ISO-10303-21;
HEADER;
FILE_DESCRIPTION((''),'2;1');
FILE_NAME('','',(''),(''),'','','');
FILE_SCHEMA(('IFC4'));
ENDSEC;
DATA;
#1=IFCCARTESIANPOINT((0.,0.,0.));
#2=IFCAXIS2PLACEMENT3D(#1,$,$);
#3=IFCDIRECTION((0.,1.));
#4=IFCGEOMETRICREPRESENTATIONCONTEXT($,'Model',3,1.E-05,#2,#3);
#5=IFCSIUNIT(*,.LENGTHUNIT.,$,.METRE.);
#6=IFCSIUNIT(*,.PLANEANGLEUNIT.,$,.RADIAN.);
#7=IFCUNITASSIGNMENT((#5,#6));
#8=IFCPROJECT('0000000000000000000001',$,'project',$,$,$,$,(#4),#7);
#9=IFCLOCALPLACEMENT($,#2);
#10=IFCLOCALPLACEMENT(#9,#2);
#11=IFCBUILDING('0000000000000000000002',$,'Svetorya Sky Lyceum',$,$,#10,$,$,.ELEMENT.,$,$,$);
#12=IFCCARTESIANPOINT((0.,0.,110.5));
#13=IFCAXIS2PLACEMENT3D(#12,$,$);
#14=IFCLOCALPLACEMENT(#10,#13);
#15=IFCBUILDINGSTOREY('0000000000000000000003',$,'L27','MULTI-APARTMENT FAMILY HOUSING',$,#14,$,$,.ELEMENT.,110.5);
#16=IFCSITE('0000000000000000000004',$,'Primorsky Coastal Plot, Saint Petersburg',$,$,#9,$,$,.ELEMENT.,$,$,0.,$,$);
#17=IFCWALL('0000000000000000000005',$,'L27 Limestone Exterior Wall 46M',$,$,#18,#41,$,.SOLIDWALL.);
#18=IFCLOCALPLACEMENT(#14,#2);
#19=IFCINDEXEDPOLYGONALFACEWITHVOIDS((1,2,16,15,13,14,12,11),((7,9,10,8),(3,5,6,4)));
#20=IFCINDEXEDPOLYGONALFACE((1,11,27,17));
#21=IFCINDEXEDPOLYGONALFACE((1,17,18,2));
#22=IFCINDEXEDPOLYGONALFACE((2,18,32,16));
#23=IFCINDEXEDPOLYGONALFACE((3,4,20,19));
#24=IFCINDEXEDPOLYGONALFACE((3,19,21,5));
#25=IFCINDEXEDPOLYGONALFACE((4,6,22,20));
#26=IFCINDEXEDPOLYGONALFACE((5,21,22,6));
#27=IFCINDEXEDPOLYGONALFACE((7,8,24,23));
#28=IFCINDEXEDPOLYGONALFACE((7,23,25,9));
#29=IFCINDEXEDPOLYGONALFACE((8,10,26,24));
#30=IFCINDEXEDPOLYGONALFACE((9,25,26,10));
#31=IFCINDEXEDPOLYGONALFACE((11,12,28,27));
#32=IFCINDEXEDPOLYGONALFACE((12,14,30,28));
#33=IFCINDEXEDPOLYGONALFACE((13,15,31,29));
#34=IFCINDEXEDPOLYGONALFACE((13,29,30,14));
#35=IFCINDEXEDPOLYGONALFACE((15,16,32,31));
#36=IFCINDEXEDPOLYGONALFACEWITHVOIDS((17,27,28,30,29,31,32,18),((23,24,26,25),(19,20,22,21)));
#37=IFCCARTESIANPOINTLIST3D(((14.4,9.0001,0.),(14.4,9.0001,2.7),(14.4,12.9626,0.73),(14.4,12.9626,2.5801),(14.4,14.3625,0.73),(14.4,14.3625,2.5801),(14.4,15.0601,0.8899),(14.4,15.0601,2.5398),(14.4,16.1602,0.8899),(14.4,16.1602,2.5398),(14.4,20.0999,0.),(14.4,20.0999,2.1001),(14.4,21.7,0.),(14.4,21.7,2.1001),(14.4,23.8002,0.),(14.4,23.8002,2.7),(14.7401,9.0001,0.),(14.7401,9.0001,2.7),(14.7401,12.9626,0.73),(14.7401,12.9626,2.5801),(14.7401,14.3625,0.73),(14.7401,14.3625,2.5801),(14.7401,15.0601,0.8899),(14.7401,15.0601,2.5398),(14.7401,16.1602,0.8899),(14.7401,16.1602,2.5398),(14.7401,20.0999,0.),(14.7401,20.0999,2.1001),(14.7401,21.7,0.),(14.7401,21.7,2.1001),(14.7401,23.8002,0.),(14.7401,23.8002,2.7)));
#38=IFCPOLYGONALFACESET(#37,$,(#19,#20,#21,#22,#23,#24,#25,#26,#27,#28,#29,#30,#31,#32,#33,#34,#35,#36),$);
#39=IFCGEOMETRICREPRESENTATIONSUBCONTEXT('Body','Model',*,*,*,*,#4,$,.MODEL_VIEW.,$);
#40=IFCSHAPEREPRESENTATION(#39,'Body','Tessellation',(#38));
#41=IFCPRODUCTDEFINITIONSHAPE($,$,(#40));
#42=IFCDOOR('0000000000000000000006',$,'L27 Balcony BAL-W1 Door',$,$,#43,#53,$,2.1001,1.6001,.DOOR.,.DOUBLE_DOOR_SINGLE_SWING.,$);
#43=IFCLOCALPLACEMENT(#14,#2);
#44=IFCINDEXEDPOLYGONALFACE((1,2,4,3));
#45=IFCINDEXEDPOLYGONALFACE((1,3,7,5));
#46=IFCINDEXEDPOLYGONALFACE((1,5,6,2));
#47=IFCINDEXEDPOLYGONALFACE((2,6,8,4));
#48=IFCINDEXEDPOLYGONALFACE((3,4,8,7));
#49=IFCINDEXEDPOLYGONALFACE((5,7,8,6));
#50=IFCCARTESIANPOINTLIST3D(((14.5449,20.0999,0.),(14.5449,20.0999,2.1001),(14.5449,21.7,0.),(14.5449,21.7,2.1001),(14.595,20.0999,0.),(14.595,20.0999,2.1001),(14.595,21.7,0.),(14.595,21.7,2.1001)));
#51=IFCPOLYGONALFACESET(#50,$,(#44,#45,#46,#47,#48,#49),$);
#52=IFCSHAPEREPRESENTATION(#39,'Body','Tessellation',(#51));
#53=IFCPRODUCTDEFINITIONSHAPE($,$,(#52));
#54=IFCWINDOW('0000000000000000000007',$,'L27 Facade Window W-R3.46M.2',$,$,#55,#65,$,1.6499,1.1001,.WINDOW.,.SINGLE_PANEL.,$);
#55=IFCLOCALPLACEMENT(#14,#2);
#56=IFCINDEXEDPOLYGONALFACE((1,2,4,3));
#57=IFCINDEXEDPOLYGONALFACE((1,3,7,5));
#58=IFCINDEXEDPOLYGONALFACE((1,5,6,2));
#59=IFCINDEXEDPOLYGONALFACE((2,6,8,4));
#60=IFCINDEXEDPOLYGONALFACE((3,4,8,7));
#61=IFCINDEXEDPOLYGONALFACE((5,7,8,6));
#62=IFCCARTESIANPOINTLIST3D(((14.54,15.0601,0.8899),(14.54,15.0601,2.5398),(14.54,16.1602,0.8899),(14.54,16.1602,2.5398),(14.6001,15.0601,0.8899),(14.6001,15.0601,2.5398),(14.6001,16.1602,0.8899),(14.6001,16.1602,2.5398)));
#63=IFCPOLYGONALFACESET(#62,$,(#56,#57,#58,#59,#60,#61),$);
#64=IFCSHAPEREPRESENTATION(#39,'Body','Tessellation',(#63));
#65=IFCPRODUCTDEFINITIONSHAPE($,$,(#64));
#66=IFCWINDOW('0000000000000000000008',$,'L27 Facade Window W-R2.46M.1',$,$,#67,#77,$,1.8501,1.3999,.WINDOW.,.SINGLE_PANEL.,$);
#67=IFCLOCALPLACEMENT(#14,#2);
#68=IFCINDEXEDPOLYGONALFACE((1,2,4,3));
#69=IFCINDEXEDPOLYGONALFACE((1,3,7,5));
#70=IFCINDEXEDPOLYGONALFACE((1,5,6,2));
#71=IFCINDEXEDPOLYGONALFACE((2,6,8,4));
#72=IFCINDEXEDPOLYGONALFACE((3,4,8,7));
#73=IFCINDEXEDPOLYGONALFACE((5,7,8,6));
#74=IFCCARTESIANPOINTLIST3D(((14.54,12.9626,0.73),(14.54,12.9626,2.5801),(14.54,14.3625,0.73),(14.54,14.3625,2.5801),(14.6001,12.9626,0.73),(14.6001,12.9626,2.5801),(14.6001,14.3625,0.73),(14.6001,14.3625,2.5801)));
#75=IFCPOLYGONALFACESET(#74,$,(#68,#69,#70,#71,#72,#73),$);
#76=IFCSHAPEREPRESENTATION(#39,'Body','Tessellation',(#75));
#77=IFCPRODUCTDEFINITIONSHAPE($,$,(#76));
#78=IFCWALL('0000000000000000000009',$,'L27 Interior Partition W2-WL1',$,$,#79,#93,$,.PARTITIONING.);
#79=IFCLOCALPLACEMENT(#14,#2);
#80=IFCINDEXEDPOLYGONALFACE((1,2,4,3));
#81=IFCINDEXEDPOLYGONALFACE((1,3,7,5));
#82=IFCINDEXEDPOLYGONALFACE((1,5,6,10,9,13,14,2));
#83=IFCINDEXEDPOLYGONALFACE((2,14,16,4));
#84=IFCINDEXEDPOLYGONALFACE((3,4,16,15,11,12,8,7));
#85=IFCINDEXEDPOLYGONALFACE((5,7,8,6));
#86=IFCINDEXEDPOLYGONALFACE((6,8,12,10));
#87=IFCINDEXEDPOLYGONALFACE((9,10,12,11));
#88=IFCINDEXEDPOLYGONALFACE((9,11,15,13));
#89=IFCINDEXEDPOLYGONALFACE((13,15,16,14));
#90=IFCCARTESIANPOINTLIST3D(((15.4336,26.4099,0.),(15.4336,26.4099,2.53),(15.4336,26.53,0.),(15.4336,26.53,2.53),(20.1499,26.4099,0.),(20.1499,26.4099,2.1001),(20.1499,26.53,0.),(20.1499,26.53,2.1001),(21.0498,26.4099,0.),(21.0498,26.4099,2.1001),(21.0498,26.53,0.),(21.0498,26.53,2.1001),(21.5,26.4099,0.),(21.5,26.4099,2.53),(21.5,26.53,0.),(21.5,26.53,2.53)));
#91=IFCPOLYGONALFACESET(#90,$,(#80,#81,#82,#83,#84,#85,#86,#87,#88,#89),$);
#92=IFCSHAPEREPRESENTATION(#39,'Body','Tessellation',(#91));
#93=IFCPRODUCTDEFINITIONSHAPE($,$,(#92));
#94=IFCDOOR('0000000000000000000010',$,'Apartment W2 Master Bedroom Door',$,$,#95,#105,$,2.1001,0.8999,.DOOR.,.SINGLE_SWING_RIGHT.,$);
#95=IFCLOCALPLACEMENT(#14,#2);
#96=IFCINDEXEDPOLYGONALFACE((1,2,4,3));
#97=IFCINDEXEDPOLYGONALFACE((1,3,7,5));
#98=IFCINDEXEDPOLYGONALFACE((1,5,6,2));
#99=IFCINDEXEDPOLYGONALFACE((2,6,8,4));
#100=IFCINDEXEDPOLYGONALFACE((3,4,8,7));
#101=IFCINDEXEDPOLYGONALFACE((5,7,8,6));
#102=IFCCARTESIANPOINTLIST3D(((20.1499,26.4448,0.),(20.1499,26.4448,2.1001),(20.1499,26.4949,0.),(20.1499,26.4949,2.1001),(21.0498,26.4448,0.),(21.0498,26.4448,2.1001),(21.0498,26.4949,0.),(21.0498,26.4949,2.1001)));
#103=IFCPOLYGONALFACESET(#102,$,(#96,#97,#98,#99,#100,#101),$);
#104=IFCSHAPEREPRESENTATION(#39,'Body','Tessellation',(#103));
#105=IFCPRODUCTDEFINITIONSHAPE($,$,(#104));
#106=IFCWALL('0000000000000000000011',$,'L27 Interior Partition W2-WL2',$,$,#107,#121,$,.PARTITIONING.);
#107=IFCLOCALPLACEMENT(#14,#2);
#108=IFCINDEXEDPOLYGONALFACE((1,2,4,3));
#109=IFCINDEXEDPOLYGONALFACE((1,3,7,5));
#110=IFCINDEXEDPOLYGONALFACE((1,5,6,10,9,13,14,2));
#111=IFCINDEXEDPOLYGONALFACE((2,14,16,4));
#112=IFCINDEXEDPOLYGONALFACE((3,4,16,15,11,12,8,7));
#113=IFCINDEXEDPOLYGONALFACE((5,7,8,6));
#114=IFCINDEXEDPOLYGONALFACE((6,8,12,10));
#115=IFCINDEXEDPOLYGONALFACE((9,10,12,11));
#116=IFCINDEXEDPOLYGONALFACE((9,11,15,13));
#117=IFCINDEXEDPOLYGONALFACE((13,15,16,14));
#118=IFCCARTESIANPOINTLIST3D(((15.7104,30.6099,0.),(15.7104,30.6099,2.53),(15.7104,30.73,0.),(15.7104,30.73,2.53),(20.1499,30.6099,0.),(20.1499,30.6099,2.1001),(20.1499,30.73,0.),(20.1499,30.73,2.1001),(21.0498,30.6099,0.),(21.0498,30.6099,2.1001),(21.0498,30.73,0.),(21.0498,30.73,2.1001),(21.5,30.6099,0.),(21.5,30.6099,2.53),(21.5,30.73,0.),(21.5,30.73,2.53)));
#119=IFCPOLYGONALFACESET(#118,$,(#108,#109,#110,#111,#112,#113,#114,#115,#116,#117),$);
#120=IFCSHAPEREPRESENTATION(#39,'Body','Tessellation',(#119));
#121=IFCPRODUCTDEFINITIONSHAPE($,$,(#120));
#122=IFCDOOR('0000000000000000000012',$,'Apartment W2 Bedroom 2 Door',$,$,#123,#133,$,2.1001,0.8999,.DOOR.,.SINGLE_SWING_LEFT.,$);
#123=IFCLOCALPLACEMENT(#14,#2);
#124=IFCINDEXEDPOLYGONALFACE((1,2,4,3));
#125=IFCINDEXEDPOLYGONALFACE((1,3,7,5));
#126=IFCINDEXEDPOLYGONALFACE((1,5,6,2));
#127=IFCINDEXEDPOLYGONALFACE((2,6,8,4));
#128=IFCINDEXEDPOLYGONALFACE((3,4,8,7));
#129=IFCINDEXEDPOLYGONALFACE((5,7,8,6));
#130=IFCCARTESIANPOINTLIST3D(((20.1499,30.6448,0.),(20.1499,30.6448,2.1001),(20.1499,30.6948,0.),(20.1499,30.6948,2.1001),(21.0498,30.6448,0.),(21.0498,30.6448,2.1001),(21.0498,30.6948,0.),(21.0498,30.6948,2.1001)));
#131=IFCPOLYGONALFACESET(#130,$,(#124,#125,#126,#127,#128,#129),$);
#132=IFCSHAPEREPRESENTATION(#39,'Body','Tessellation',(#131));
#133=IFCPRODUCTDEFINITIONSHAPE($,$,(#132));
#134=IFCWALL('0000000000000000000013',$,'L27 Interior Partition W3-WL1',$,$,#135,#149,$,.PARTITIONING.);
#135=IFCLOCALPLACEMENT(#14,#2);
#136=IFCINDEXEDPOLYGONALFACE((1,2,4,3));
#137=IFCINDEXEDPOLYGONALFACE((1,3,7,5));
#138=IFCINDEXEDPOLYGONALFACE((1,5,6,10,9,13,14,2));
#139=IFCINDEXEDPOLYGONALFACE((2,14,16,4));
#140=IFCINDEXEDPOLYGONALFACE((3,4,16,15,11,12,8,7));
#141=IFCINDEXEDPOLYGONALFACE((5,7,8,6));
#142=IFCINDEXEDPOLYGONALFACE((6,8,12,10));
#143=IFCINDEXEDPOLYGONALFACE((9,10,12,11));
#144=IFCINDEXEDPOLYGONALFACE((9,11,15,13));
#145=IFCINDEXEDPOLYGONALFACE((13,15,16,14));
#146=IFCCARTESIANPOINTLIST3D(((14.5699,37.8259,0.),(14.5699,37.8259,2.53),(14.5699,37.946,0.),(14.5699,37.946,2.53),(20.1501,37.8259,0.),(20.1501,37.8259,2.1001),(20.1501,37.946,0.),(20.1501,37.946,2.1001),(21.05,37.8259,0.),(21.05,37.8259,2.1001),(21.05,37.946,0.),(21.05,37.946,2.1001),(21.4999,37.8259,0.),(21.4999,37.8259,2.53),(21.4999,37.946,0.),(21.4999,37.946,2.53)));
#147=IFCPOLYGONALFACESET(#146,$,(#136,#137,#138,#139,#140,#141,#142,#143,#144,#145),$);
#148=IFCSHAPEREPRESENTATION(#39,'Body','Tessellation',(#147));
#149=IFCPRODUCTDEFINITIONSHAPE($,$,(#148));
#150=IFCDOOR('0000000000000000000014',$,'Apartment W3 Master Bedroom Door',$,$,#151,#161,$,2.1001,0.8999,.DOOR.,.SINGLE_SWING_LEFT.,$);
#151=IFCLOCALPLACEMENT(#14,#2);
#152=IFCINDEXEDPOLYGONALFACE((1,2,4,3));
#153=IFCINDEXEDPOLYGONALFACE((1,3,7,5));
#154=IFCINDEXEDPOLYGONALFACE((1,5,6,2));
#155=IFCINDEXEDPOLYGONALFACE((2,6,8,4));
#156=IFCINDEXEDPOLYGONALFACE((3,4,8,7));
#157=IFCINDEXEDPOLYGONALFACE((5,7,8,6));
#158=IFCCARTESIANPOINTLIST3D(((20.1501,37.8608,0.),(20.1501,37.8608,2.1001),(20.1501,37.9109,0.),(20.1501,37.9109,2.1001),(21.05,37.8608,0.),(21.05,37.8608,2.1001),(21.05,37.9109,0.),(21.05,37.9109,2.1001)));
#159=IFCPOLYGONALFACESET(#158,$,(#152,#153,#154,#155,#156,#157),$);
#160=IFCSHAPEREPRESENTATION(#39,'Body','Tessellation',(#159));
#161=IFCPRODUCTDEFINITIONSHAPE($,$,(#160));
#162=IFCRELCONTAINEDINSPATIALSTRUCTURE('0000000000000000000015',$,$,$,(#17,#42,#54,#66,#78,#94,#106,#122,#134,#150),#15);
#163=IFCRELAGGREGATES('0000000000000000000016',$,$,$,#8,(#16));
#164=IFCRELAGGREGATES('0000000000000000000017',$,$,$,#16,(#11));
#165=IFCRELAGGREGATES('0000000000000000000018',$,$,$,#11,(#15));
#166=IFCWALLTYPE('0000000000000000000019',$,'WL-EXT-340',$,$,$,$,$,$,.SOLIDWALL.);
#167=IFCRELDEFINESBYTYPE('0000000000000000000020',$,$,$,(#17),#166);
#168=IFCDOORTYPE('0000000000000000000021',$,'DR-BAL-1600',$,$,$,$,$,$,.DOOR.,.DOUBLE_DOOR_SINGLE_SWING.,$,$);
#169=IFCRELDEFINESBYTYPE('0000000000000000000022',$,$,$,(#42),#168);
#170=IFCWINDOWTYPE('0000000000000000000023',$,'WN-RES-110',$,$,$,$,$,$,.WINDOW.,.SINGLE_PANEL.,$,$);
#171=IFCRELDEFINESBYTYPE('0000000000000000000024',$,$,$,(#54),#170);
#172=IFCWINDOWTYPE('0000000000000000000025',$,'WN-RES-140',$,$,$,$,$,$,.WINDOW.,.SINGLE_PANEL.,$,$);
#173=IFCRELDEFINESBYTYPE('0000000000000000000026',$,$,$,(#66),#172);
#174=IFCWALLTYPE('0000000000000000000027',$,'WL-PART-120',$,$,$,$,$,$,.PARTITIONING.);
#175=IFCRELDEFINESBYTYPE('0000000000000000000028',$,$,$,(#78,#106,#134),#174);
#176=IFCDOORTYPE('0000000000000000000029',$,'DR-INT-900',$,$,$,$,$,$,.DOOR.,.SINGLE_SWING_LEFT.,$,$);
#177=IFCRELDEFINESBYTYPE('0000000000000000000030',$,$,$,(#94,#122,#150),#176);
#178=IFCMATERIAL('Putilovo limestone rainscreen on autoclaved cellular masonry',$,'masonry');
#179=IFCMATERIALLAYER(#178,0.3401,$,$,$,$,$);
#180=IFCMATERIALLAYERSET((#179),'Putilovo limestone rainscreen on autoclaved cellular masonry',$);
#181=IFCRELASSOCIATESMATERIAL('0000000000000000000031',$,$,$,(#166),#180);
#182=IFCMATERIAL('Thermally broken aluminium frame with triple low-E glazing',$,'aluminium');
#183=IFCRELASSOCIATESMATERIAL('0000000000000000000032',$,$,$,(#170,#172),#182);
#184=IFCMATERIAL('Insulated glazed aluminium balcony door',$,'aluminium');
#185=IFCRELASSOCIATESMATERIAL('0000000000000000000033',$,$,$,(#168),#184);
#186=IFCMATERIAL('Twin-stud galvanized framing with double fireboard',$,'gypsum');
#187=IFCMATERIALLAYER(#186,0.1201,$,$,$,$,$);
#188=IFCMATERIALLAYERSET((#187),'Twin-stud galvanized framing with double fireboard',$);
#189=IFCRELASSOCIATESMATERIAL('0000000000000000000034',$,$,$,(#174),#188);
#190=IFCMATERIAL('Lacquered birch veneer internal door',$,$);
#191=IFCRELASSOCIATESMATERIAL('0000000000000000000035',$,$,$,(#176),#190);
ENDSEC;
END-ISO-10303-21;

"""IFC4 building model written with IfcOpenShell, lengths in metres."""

from ifc_helpers import new_model, si_unit, direction, frame, frame_2d, origin, place, context, subcontext, project, spatial, rectangle, extrude, material, layer, layer_set, type_object, element, fill, save


model = new_model("IFC4")

# Units and contexts
model_context = context("Model", 3, precision=1e-05, world=origin(), true_north=direction((0.0, 1.0)))
body_context = subcontext(model_context, "Body", "Model", "MODEL_VIEW")
ifc_project = project(units=[si_unit("LENGTHUNIT", "METRE"), si_unit("PLANEANGLEUNIT", "RADIAN")], contexts=[model_context])

# Site, building, storey
site_placement = place(None, origin())
site = spatial("IfcSite", under=ifc_project, at=site_placement, Name="Primorsky Coastal Plot, Saint Petersburg", CompositionType="ELEMENT", RefElevation=0.0)
building_placement = place(site_placement, origin())
building = spatial("IfcBuilding", under=site, at=building_placement, Name="Svetorya Sky Lyceum", CompositionType="ELEMENT")
storey_placement = place(building_placement, frame((0.0, 0.0, 110.5)))
storey = spatial("IfcBuildingStorey", under=building, at=storey_placement, Name="L27", Description="MULTI-APARTMENT FAMILY HOUSING", CompositionType="ELEMENT", Elevation=110.5)

# Shared definitions
ifc_material_1 = material(Name="Putilovo limestone rainscreen on autoclaved cellular masonry", Category="masonry")
ifc_layer_1 = layer(ifc_material_1, 0.3401)
ifc_layer_set_1 = layer_set([ifc_layer_1], Name="Putilovo limestone rainscreen on autoclaved cellular masonry")
wall_type_1 = type_object("IfcWallType", Name="WL-EXT-340", PredefinedType="SOLIDWALL", material=ifc_layer_set_1)
ifc_material_2 = material(Name="Thermally broken aluminium frame with triple low-E glazing", Category="aluminium")
window_type_1 = type_object("IfcWindowType", Name="WN-RES-110", PartitioningType="SINGLE_PANEL", PredefinedType="WINDOW", material=ifc_material_2)

# Wall, openings, door, windows
wall_1_placement = place(storey_placement, frame((14.5701, 23.8, 0.0), z_axis=(0.0, 0.0, 1.0), x_axis=(0.0, -1.0, 0.0)))
wall_1 = element("IfcWall", 1, at=wall_1_placement, inside=storey, type_object=wall_type_1, Name="L27 Limestone Exterior Wall 46M", PredefinedType="SOLIDWALL", context=body_context, shape_type="SweptSolid", body=[
    extrude(rectangle(XDim=14.8, YDim=0.3401, at=frame_2d((7.3999, 0.0))), origin(), (0.0, 0.0, 1.0), 2.7),
])
opening_1_placement = place(wall_1_placement, frame((2.1001, 0.0, 0.0)))
opening_1 = element("IfcOpeningElement", 2, at=opening_1_placement, cuts=wall_1, PredefinedType="OPENING", context=body_context, shape_type="SweptSolid", body=[
    extrude(rectangle(XDim=1.6001, YDim=2.1001, at=frame_2d((0.8, 1.05))), frame((0.0, 0.1799, 0.0), z_axis=(0.0, -1.0, 0.0), x_axis=(1.0, 0.0, 0.0)), (0.0, 0.0, 1.0), 0.3601),
])
opening_2_placement = place(wall_1_placement, frame((7.6399, 0.0, 0.8899)))
opening_2 = element("IfcOpeningElement", 3, at=opening_2_placement, cuts=wall_1, PredefinedType="OPENING", context=body_context, shape_type="SweptSolid", body=[
    extrude(rectangle(XDim=1.1001, YDim=1.6499, at=frame_2d((0.55, 0.825))), frame((0.0, 0.1799, 0.0), z_axis=(0.0, -1.0, 0.0), x_axis=(1.0, 0.0, 0.0)), (0.0, 0.0, 1.0), 0.3601),
])
opening_3_placement = place(wall_1_placement, frame((9.4375, 0.0, 0.73)))
opening_3 = element("IfcOpeningElement", 4, at=opening_3_placement, cuts=wall_1, PredefinedType="OPENING", context=body_context, shape_type="SweptSolid", body=[
    extrude(rectangle(XDim=1.3999, YDim=1.8501, at=frame_2d((0.7, 0.925))), frame((0.0, 0.1799, 0.0), z_axis=(0.0, -1.0, 0.0), x_axis=(1.0, 0.0, 0.0)), (0.0, 0.0, 1.0), 0.3601),
])
ifc_material_3 = material(Name="Insulated glazed aluminium balcony door", Category="aluminium")
door_type_1 = type_object("IfcDoorType", Name="DR-BAL-1600", OperationType="DOUBLE_DOOR_SINGLE_SWING", PredefinedType="DOOR", material=ifc_material_3)
door_1_placement = place(opening_1_placement, origin())
door_1 = element("IfcDoor", 5, at=door_1_placement, inside=storey, type_object=door_type_1, Name="L27 Balcony BAL-W1 Door", OperationType="DOUBLE_DOOR_SINGLE_SWING", OverallHeight=2.1001, OverallWidth=1.6001, PredefinedType="DOOR", context=body_context, shape_type="SweptSolid", body=[
    extrude(rectangle(XDim=1.6001, YDim=2.1001, at=frame_2d((0.8, 1.05))), frame((0.0, 0.0249, 0.0), z_axis=(0.0, -1.0, 0.0), x_axis=(1.0, 0.0, 0.0)), (0.0, 0.0, 1.0), 0.05),
])
fill(opening_1, door_1)
window_1_placement = place(opening_2_placement, origin())
window_1 = element("IfcWindow", 6, at=window_1_placement, inside=storey, type_object=window_type_1, Name="L27 Facade Window W-R3.46M.2", OverallHeight=1.6499, OverallWidth=1.1001, PartitioningType="SINGLE_PANEL", PredefinedType="WINDOW", context=body_context, shape_type="SweptSolid", body=[
    extrude(rectangle(XDim=1.1001, YDim=1.6499, at=frame_2d((0.55, 0.825))), frame((0.0, 0.03, 0.0), z_axis=(0.0, -1.0, 0.0), x_axis=(1.0, 0.0, 0.0)), (0.0, 0.0, 1.0), 0.0601),
])
fill(opening_2, window_1)
window_type_2 = type_object("IfcWindowType", Name="WN-RES-140", PartitioningType="SINGLE_PANEL", PredefinedType="WINDOW", material=ifc_material_2)
window_2_placement = place(opening_3_placement, origin())
window_2 = element("IfcWindow", 7, at=window_2_placement, inside=storey, type_object=window_type_2, Name="L27 Facade Window W-R2.46M.1", OverallHeight=1.8501, OverallWidth=1.3999, PartitioningType="SINGLE_PANEL", PredefinedType="WINDOW", context=body_context, shape_type="SweptSolid", body=[
    extrude(rectangle(XDim=1.3999, YDim=1.8501, at=frame_2d((0.7, 0.925))), frame((0.0, 0.03, 0.0), z_axis=(0.0, -1.0, 0.0), x_axis=(1.0, 0.0, 0.0)), (0.0, 0.0, 1.0), 0.0601),
])
fill(opening_3, window_2)

# Walls, openings, doors
ifc_material_4 = material(Name="Twin-stud galvanized framing with double fireboard", Category="gypsum")
ifc_layer_2 = layer(ifc_material_4, 0.1201)
ifc_layer_set_2 = layer_set([ifc_layer_2], Name="Twin-stud galvanized framing with double fireboard")
wall_type_2 = type_object("IfcWallType", Name="WL-PART-120", PredefinedType="PARTITIONING", material=ifc_layer_set_2)
wall_2_placement = place(storey_placement, frame((15.4336, 26.47, 0.0), z_axis=(0.0, 0.0, 1.0), x_axis=(1.0, 0.0, 0.0)))
wall_2 = element("IfcWall", 8, at=wall_2_placement, inside=storey, type_object=wall_type_2, Name="L27 Interior Partition W2-WL1", PredefinedType="PARTITIONING", context=body_context, shape_type="SweptSolid", body=[
    extrude(rectangle(XDim=6.0664, YDim=0.1201, at=frame_2d((3.0332, 0.0))), origin(), (0.0, 0.0, 1.0), 2.53),
])
opening_4_placement = place(wall_2_placement, frame((4.7163, 0.0, 0.0)))
opening_4 = element("IfcOpeningElement", 9, at=opening_4_placement, cuts=wall_2, PredefinedType="OPENING", context=body_context, shape_type="SweptSolid", body=[
    extrude(rectangle(XDim=0.8999, YDim=2.1001, at=frame_2d((0.45, 1.05))), frame((0.0, 0.0701, 0.0), z_axis=(0.0, -1.0, 0.0), x_axis=(1.0, 0.0, 0.0)), (0.0, 0.0, 1.0), 0.1401),
])
ifc_material_5 = material(Name="Lacquered birch veneer internal door")
door_type_2 = type_object("IfcDoorType", Name="DR-INT-900", OperationType="SINGLE_SWING_LEFT", PredefinedType="DOOR", material=ifc_material_5)
door_2_placement = place(opening_4_placement, origin())
door_2 = element("IfcDoor", 10, at=door_2_placement, inside=storey, type_object=door_type_2, Name="Apartment W2 Master Bedroom Door", OperationType="SINGLE_SWING_RIGHT", OverallHeight=2.1001, OverallWidth=0.8999, PredefinedType="DOOR", context=body_context, shape_type="SweptSolid", body=[
    extrude(rectangle(XDim=0.8999, YDim=2.1001, at=frame_2d((0.45, 1.05))), frame((0.0, 0.0249, 0.0), z_axis=(0.0, -1.0, 0.0), x_axis=(1.0, 0.0, 0.0)), (0.0, 0.0, 1.0), 0.05),
])
fill(opening_4, door_2)
wall_3_placement = place(storey_placement, frame((15.7104, 30.6699, 0.0), z_axis=(0.0, 0.0, 1.0), x_axis=(1.0, 0.0, 0.0)))
wall_3 = element("IfcWall", 11, at=wall_3_placement, inside=storey, type_object=wall_type_2, Name="L27 Interior Partition W2-WL2", PredefinedType="PARTITIONING", context=body_context, shape_type="SweptSolid", body=[
    extrude(rectangle(XDim=5.7896, YDim=0.1201, at=frame_2d((2.8948, 0.0))), origin(), (0.0, 0.0, 1.0), 2.53),
])
opening_5_placement = place(wall_3_placement, frame((4.4395, 0.0, 0.0)))
opening_5 = element("IfcOpeningElement", 12, at=opening_5_placement, cuts=wall_3, PredefinedType="OPENING", context=body_context, shape_type="SweptSolid", body=[
    extrude(rectangle(XDim=0.8999, YDim=2.1001, at=frame_2d((0.45, 1.05))), frame((0.0, 0.0701, 0.0), z_axis=(0.0, -1.0, 0.0), x_axis=(1.0, 0.0, 0.0)), (0.0, 0.0, 1.0), 0.1401),
])
door_3_placement = place(opening_5_placement, origin())
door_3 = element("IfcDoor", 13, at=door_3_placement, inside=storey, type_object=door_type_2, Name="Apartment W2 Bedroom 2 Door", OperationType="SINGLE_SWING_LEFT", OverallHeight=2.1001, OverallWidth=0.8999, PredefinedType="DOOR", context=body_context, shape_type="SweptSolid", body=[
    extrude(rectangle(XDim=0.8999, YDim=2.1001, at=frame_2d((0.45, 1.05))), frame((0.0, 0.0249, 0.0), z_axis=(0.0, -1.0, 0.0), x_axis=(1.0, 0.0, 0.0)), (0.0, 0.0, 1.0), 0.05),
])
fill(opening_5, door_3)
wall_4_placement = place(storey_placement, frame((14.5701, 37.886, 0.0), z_axis=(0.0, 0.0, 1.0), x_axis=(1.0, 0.0, 0.0)))
wall_4 = element("IfcWall", 14, at=wall_4_placement, inside=storey, type_object=wall_type_2, Name="L27 Interior Partition W3-WL1", PredefinedType="PARTITIONING", context=body_context, shape_type="SweptSolid", body=[
    extrude(rectangle(XDim=6.9299, YDim=0.1201, at=frame_2d((3.4648, 0.0))), origin(), (0.0, 0.0, 1.0), 2.53),
])
opening_6_placement = place(wall_4_placement, frame((5.5801, 0.0, 0.0)))
opening_6 = element("IfcOpeningElement", 15, at=opening_6_placement, cuts=wall_4, PredefinedType="OPENING", context=body_context, shape_type="SweptSolid", body=[
    extrude(rectangle(XDim=0.8999, YDim=2.1001, at=frame_2d((0.45, 1.05))), frame((0.0, 0.0701, 0.0), z_axis=(0.0, -1.0, 0.0), x_axis=(1.0, 0.0, 0.0)), (0.0, 0.0, 1.0), 0.1401),
])
door_4_placement = place(opening_6_placement, origin())
door_4 = element("IfcDoor", 16, at=door_4_placement, inside=storey, type_object=door_type_2, Name="Apartment W3 Master Bedroom Door", OperationType="SINGLE_SWING_LEFT", OverallHeight=2.1001, OverallWidth=0.8999, PredefinedType="DOOR", context=body_context, shape_type="SweptSolid", body=[
    extrude(rectangle(XDim=0.8999, YDim=2.1001, at=frame_2d((0.45, 1.05))), frame((0.0, 0.0249, 0.0), z_axis=(0.0, -1.0, 0.0), x_axis=(1.0, 0.0, 0.0)), (0.0, 0.0, 1.0), 0.05),
])
fill(opening_6, door_4)

save(model, "model.ifc")
